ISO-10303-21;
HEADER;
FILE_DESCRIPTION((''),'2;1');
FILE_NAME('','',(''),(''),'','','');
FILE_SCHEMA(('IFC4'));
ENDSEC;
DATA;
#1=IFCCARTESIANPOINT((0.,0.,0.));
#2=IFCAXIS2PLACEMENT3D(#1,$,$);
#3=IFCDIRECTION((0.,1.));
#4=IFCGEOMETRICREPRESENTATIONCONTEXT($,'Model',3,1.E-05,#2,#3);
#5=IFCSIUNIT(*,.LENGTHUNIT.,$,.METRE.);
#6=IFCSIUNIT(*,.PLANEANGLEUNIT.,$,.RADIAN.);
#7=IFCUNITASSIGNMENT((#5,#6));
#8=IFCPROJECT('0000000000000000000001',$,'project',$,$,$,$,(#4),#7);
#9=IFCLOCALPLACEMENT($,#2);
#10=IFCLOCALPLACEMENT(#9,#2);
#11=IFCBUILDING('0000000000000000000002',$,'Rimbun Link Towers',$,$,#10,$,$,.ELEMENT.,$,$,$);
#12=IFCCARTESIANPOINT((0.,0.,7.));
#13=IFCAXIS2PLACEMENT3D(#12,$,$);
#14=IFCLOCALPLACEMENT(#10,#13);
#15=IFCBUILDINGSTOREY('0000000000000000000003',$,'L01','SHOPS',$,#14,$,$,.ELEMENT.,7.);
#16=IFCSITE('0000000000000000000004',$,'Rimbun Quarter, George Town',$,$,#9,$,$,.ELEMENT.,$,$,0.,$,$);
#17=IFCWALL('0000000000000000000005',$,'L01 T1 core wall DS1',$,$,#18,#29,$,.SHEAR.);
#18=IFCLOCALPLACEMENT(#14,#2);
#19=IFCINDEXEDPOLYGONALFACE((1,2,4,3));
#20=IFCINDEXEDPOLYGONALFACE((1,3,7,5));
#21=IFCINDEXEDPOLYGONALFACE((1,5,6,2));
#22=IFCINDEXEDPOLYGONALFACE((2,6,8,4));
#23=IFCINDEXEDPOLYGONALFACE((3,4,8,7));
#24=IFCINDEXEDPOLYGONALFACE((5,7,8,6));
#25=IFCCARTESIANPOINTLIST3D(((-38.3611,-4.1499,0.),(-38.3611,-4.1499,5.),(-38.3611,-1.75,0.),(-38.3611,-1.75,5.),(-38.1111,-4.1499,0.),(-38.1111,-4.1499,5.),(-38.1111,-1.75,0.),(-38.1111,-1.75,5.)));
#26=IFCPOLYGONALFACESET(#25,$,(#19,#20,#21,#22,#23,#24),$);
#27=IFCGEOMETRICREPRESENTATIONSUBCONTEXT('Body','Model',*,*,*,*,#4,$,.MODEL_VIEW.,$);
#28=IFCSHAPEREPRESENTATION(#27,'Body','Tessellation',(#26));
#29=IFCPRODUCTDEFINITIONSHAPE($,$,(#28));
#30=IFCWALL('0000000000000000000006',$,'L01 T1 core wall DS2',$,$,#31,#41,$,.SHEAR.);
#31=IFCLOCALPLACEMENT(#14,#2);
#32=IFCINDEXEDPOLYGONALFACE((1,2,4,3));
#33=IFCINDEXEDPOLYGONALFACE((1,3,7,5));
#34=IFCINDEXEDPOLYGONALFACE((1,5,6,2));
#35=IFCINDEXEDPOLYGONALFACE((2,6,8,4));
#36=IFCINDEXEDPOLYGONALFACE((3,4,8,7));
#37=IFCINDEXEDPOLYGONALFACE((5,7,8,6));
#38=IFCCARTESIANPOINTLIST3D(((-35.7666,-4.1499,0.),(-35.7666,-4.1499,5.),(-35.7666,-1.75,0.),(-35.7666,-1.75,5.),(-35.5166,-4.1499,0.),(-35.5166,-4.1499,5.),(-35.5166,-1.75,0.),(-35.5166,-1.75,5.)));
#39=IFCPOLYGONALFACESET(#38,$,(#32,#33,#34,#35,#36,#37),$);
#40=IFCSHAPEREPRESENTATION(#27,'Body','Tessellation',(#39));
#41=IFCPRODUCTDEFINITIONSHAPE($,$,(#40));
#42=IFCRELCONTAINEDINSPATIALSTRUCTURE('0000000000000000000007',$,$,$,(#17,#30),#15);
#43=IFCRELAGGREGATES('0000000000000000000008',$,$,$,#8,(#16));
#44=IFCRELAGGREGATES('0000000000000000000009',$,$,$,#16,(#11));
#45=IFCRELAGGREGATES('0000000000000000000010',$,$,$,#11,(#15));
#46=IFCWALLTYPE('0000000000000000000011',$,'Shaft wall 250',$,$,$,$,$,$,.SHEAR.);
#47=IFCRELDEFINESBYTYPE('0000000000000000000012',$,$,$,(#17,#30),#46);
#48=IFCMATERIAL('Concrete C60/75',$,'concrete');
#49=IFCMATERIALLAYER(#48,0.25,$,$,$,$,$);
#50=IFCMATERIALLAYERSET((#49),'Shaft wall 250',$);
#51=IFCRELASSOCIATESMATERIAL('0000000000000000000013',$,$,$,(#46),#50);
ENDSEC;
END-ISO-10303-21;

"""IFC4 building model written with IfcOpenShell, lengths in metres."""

from ifc_helpers import new_model, si_unit, direction, frame, frame_2d, origin, place, context, subcontext, project, spatial, rectangle, extrude, material, layer, layer_set, type_object, element, save


model = new_model("IFC4")

# Units and contexts
model_context = context("Model", 3, precision=1e-05, world=origin(), true_north=direction((0.0, 1.0)))
body_context = subcontext(model_context, "Body", "Model", "MODEL_VIEW")
ifc_project = project(units=[si_unit("LENGTHUNIT", "METRE"), si_unit("PLANEANGLEUNIT", "RADIAN")], contexts=[model_context])

# Site, building, storey
site_placement = place(None, origin())
site = spatial("IfcSite", under=ifc_project, at=site_placement, Name="Rimbun Quarter, George Town", CompositionType="ELEMENT", RefElevation=0.0)
building_placement = place(site_placement, origin())
building = spatial("IfcBuilding", under=site, at=building_placement, Name="Rimbun Link Towers", CompositionType="ELEMENT")
storey_placement = place(building_placement, frame((0.0, 0.0, 7.0)))
storey = spatial("IfcBuildingStorey", under=building, at=storey_placement, Name="L01", Description="SHOPS", CompositionType="ELEMENT", Elevation=7.0)

# Shared definitions
ifc_material_1 = material(Name="Concrete C60/75", Category="concrete")
ifc_layer = layer(ifc_material_1, 0.25)
ifc_layer_set = layer_set([ifc_layer], Name="Shaft wall 250")
wall_type = type_object("IfcWallType", Name="Shaft wall 250", PredefinedType="SHEAR", material=ifc_layer_set)

# Walls
for number, where, z_axis, x_axis, name in (
    (1, (-38.2361, -4.1499, 0.0), (0.0, 0.0, 1.0), (0.0, 1.0, 0.0), "L01 T1 core wall DS1"),
    (2, (-35.6416, -4.1499, 0.0), (0.0, 0.0, 1.0), (0.0, 1.0, 0.0), "L01 T1 core wall DS2"),
):
    element("IfcWall", number, at=place(storey_placement, frame(where, z_axis=z_axis, x_axis=x_axis)), inside=storey, type_object=wall_type, Name=name, PredefinedType="SHEAR", context=body_context, shape_type="SweptSolid", body=[
        extrude(rectangle(XDim=2.3999, YDim=0.25, at=frame_2d((1.2, 0.0))), origin(), (0.0, 0.0, 1.0), 5.0),
    ])

save(model, "model.ifc")
